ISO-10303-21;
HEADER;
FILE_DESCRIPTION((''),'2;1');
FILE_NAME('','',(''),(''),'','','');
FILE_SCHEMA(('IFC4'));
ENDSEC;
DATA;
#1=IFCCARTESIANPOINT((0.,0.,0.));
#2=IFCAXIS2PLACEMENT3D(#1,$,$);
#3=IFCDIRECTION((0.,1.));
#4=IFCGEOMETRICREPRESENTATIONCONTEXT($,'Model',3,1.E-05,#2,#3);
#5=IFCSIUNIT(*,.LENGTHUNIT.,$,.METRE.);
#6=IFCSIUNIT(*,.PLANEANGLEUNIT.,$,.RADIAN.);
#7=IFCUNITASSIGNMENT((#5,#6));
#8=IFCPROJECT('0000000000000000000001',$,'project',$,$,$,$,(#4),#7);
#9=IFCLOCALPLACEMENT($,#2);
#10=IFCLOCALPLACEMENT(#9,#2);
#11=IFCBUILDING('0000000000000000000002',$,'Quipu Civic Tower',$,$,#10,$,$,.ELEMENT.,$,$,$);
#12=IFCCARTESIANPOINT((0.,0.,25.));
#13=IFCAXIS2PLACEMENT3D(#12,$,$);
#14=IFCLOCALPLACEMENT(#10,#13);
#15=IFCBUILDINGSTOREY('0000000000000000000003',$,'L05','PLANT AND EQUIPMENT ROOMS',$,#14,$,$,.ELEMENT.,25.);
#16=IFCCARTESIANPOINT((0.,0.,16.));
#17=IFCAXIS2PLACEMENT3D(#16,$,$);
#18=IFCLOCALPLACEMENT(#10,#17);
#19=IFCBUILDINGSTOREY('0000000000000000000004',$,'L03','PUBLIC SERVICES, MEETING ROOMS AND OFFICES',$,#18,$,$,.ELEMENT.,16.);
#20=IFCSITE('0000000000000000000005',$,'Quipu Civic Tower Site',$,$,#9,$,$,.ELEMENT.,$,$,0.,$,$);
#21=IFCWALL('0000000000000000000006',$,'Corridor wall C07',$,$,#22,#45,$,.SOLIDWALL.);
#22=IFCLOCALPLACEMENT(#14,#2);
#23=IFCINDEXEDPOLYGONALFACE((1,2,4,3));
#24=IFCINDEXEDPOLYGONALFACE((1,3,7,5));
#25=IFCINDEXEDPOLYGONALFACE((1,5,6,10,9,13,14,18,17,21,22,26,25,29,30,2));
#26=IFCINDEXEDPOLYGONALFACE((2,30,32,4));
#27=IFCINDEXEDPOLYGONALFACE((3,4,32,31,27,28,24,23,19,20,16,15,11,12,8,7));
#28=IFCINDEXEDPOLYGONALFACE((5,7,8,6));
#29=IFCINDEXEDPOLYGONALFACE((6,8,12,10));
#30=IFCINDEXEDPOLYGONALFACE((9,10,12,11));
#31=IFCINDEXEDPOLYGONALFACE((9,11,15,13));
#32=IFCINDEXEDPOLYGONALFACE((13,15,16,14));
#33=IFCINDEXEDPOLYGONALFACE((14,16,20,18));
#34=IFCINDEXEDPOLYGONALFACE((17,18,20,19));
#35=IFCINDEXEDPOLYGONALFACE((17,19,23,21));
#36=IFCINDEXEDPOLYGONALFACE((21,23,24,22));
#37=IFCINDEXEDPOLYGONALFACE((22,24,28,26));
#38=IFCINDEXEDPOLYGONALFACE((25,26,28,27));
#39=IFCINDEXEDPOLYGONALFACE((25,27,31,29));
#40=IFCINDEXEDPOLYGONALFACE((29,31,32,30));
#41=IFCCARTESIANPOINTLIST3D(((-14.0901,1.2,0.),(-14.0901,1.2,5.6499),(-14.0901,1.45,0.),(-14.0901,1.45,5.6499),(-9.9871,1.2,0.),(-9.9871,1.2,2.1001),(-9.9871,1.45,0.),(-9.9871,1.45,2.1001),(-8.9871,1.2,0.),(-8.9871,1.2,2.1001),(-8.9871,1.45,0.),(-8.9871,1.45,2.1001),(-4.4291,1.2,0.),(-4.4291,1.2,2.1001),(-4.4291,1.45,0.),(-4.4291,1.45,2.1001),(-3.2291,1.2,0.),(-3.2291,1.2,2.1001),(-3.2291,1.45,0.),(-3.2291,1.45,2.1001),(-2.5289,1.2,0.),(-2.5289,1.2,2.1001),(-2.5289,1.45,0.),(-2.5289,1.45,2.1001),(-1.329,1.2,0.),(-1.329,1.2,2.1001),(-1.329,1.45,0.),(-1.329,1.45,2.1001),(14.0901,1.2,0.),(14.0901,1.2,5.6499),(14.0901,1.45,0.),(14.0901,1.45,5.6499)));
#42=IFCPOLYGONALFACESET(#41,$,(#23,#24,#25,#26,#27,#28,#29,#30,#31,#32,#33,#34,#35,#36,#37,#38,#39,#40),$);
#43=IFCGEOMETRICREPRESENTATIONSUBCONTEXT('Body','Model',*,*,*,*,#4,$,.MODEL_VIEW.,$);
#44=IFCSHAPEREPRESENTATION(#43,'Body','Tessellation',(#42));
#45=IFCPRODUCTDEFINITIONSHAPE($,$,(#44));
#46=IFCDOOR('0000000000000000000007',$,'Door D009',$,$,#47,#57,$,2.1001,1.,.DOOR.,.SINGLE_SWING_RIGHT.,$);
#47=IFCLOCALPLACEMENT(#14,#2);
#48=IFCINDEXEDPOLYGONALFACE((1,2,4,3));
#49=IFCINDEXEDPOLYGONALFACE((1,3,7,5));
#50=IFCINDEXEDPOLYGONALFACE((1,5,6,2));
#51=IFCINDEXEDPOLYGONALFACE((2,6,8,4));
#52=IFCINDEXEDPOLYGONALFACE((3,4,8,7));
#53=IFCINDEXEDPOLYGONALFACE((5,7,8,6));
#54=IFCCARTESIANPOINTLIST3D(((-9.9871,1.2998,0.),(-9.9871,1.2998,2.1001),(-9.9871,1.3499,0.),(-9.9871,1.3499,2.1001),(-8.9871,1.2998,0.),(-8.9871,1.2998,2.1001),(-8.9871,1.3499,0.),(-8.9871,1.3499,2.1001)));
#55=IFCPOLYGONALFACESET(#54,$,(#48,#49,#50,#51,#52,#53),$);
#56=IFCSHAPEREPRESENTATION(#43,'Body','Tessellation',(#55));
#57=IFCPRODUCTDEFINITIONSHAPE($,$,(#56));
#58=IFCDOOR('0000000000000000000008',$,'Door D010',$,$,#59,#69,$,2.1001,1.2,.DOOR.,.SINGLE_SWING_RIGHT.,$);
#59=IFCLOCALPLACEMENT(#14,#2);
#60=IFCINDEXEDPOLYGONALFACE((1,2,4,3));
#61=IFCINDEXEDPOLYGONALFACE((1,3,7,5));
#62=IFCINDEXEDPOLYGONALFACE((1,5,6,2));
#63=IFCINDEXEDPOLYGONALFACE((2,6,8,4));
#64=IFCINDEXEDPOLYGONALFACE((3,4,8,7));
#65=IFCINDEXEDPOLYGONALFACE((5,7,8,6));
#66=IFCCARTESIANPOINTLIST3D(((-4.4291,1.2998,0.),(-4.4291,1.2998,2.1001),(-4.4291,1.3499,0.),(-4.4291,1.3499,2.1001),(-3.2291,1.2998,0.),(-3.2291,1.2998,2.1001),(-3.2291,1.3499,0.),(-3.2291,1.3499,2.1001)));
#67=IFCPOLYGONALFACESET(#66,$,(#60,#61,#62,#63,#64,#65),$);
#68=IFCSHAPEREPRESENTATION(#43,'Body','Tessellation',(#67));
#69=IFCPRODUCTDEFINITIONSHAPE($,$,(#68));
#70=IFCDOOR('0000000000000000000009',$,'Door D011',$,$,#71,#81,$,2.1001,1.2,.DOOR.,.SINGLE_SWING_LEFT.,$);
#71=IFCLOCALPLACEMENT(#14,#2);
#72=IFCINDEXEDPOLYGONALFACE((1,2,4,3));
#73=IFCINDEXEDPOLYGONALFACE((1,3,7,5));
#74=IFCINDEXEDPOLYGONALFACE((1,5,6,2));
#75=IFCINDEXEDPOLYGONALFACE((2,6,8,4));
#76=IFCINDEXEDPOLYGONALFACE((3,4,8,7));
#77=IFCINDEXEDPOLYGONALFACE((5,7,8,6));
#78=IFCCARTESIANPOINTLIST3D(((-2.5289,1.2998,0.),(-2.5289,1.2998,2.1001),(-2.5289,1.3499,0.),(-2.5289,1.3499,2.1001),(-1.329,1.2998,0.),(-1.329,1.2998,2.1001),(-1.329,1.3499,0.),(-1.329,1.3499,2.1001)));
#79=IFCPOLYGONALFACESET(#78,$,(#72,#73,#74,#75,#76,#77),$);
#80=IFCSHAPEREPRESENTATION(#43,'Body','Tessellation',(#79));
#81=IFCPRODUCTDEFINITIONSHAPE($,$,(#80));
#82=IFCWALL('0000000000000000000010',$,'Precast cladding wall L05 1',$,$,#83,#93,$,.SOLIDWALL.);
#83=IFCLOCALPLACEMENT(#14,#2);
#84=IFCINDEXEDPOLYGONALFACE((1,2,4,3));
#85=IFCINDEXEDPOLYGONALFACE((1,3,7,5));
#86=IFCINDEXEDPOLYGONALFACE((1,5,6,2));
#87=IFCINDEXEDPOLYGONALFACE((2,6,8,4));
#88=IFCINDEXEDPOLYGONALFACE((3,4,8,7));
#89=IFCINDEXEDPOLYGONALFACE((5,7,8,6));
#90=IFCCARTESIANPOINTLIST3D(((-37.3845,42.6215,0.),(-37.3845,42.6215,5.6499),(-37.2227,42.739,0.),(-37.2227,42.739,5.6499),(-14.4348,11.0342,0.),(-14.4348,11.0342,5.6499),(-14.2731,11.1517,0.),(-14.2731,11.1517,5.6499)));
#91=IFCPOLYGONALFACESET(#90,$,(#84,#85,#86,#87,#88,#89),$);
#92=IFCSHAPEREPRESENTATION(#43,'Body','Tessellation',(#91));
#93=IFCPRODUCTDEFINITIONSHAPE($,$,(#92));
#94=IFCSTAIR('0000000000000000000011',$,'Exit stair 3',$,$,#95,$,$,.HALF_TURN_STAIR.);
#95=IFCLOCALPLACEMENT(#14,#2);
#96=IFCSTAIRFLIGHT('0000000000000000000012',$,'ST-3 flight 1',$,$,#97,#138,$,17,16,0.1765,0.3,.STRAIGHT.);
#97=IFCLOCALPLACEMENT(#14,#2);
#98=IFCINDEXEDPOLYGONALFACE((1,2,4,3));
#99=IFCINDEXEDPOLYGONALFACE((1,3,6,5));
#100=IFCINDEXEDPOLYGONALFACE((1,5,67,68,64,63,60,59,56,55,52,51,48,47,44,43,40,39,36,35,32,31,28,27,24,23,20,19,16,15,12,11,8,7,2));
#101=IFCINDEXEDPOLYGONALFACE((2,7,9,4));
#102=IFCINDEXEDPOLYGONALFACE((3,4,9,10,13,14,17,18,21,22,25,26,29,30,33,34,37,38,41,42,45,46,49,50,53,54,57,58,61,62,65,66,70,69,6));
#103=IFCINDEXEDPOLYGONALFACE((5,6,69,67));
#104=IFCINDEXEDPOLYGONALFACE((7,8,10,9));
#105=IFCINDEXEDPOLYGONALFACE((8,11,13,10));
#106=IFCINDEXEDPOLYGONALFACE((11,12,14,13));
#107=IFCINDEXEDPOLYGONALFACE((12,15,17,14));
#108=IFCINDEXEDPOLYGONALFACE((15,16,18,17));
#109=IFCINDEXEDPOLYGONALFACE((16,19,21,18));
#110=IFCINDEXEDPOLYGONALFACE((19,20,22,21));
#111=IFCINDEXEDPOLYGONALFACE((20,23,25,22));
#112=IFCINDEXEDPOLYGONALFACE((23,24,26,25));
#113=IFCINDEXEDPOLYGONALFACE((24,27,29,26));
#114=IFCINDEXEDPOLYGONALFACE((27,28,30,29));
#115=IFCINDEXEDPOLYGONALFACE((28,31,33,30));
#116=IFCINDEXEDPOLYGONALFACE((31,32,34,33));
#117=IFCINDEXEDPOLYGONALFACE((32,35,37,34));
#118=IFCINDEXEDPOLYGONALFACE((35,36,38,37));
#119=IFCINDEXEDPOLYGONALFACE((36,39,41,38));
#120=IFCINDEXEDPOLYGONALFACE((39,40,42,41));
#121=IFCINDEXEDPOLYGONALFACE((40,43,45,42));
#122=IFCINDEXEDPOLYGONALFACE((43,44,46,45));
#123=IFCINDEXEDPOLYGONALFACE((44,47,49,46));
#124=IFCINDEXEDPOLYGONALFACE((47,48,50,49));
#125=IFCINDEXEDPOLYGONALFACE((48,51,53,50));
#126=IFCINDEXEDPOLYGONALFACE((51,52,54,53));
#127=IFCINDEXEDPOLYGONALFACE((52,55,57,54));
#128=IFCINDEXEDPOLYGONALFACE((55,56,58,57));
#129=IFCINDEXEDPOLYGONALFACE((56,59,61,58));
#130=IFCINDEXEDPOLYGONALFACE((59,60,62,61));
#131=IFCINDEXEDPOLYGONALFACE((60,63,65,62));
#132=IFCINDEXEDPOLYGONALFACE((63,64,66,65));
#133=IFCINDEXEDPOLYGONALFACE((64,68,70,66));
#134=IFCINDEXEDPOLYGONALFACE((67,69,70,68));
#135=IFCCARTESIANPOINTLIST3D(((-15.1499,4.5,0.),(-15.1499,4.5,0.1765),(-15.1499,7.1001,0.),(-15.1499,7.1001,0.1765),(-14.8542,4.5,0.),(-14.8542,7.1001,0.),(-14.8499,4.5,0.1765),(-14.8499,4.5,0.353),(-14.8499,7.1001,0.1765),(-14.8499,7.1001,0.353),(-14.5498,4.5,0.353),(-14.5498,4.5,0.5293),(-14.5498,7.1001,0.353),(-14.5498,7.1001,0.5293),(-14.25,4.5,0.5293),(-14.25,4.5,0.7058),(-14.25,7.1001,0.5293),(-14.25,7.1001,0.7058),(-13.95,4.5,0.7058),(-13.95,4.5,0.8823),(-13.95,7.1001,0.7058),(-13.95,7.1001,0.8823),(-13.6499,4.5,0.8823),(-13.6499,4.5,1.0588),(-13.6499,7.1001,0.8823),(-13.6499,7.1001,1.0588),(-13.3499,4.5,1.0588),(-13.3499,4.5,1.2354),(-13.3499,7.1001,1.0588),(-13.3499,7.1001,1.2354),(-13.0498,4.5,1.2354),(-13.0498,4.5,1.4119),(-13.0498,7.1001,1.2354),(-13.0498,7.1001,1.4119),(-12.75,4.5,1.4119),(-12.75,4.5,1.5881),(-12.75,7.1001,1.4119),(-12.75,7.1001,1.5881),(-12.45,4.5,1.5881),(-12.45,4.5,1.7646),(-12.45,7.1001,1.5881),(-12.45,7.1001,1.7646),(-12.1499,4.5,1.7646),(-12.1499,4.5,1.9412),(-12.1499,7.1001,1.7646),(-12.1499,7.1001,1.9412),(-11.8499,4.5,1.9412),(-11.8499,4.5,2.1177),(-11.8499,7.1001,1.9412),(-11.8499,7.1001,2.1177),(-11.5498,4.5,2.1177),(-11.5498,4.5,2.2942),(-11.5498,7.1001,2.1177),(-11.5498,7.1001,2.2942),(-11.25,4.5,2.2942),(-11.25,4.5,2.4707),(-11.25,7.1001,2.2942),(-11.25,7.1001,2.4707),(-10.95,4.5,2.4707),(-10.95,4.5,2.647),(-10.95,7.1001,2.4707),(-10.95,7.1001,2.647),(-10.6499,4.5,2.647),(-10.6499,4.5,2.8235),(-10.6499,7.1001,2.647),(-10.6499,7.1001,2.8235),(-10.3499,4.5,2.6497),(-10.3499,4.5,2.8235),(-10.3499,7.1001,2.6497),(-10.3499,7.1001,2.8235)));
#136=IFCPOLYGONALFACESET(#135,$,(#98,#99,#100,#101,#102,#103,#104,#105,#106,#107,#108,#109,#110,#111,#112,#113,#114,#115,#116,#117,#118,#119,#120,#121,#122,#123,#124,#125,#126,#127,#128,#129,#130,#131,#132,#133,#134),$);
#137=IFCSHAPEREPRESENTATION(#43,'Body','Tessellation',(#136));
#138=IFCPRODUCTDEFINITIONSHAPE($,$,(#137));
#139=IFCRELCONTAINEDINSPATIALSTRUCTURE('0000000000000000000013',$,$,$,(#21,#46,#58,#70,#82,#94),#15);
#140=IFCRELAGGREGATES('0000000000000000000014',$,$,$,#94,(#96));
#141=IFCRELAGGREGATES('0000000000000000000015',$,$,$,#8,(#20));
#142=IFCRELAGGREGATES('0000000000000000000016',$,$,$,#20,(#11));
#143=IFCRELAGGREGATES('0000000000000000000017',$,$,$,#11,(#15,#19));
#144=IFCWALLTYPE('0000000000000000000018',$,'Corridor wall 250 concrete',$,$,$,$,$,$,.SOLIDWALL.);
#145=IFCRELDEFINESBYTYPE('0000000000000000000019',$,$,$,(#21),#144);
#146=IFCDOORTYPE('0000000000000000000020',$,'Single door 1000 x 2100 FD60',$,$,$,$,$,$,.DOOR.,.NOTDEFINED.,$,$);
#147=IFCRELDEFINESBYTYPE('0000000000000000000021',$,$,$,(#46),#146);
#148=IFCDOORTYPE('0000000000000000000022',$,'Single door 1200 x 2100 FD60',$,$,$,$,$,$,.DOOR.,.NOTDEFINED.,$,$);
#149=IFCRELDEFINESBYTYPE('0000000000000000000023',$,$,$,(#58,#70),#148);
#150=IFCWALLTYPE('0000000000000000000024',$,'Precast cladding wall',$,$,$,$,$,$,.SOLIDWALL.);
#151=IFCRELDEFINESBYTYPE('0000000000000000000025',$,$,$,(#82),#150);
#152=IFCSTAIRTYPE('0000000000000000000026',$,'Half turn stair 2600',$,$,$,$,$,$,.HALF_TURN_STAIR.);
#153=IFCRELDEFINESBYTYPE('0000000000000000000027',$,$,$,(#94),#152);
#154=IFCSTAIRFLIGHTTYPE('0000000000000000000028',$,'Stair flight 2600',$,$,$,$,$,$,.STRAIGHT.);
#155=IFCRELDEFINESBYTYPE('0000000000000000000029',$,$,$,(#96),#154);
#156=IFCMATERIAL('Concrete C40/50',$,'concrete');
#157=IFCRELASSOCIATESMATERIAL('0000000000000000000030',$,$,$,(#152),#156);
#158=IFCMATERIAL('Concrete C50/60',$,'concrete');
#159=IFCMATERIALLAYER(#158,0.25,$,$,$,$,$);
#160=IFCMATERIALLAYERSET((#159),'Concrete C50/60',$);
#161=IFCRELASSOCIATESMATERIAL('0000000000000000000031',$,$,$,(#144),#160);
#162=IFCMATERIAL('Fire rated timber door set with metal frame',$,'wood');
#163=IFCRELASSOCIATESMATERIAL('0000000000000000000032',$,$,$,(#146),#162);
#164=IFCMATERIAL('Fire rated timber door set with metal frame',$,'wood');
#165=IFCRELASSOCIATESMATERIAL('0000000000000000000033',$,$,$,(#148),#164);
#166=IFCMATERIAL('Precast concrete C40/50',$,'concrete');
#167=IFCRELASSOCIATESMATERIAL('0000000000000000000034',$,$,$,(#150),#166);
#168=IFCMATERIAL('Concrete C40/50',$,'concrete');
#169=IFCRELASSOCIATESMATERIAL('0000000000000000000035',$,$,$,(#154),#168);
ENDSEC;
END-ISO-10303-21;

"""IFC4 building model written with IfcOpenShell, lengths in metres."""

from ifc_helpers import new_model, si_unit, direction, frame, frame_2d, origin, place, context, subcontext, project, spatial, polyline, rectangle, outline, extrude, material, layer, layer_set, type_object, element, fill, aggregate, save


model = new_model("IFC4")

# Units and contexts
model_context = context("Model", 3, precision=1e-05, world=origin(), true_north=direction((0.0, 1.0)))
body_context = subcontext(model_context, "Body", "Model", "MODEL_VIEW")
ifc_project = project(units=[si_unit("LENGTHUNIT", "METRE"), si_unit("PLANEANGLEUNIT", "RADIAN")], contexts=[model_context])

# Site, building, storey
site_placement = place(None, origin())
site = spatial("IfcSite", under=ifc_project, at=site_placement, Name="Quipu Civic Tower Site", CompositionType="ELEMENT", RefElevation=0.0)
building_placement = place(site_placement, origin())
building = spatial("IfcBuilding", under=site, at=building_placement, Name="Quipu Civic Tower", CompositionType="ELEMENT")
storey_1_placement = place(building_placement, frame((0.0, 0.0, 25.0)))
storey_1 = spatial("IfcBuildingStorey", under=building, at=storey_1_placement, Name="L05", Description="PLANT AND EQUIPMENT ROOMS", CompositionType="ELEMENT", Elevation=25.0)

# Shared definitions
storey_2_placement = place(building_placement, frame((0.0, 0.0, 16.0)))
storey_2 = spatial("IfcBuildingStorey", under=building, at=storey_2_placement, Name="L03", Description="PUBLIC SERVICES, MEETING ROOMS AND OFFICES", CompositionType="ELEMENT", Elevation=16.0)

# Shared definitions
ifc_material_1 = material(Name="Concrete C40/50", Category="concrete")
stair_type = type_object("IfcStairType", Name="Half turn stair 2600", PredefinedType="HALF_TURN_STAIR", material=ifc_material_1)

# Wall, openings, doors
ifc_material_2 = material(Name="Concrete C50/60", Category="concrete")
ifc_layer_1 = layer(ifc_material_2, 0.25)
ifc_layer_set_1 = layer_set([ifc_layer_1], Name="Concrete C50/60")
wall_type_1 = type_object("IfcWallType", Name="Corridor wall 250 concrete", PredefinedType="SOLIDWALL", material=ifc_layer_set_1)
wall_1_placement = place(storey_1_placement, frame((-14.0901, 1.325, 0.0), z_axis=(0.0, 0.0, 1.0), x_axis=(1.0, 0.0, 0.0)))
wall_1 = element("IfcWall", 1, at=wall_1_placement, inside=storey_1, type_object=wall_type_1, Name="Corridor wall C07", PredefinedType="SOLIDWALL", context=body_context, shape_type="SweptSolid", body=[
    extrude(rectangle(XDim=28.1802, YDim=0.25, at=frame_2d((14.0901, 0.0))), origin(), (0.0, 0.0, 1.0), 5.6499),
])
opening_1_placement = place(wall_1_placement, frame((9.6609, 0.0, 0.0)))
opening_1 = element("IfcOpeningElement", 2, at=opening_1_placement, cuts=wall_1, PredefinedType="OPENING", context=body_context, shape_type="SweptSolid", body=[
    extrude(rectangle(XDim=1.2, YDim=2.1001, at=frame_2d((0.6001, 1.05))), frame((0.0, 0.135, 0.0), z_axis=(0.0, -1.0, 0.0), x_axis=(1.0, 0.0, 0.0)), (0.0, 0.0, 1.0), 0.27),
])
opening_2_placement = place(wall_1_placement, frame((11.561, 0.0, 0.0)))
opening_2 = element("IfcOpeningElement", 3, at=opening_2_placement, cuts=wall_1, PredefinedType="OPENING", context=body_context, shape_type="SweptSolid", body=[
    extrude(rectangle(XDim=1.2, YDim=2.1001, at=frame_2d((0.6001, 1.05))), frame((0.0, 0.135, 0.0), z_axis=(0.0, -1.0, 0.0), x_axis=(1.0, 0.0, 0.0)), (0.0, 0.0, 1.0), 0.27),
])
opening_3_placement = place(wall_1_placement, frame((4.103, 0.0, 0.0)))
opening_3 = element("IfcOpeningElement", 4, at=opening_3_placement, cuts=wall_1, PredefinedType="OPENING", context=body_context, shape_type="SweptSolid", body=[
    extrude(rectangle(XDim=1.0, YDim=2.1001, at=frame_2d((0.5, 1.05))), frame((0.0, 0.135, 0.0), z_axis=(0.0, -1.0, 0.0), x_axis=(1.0, 0.0, 0.0)), (0.0, 0.0, 1.0), 0.27),
])
ifc_material_3 = material(Name="Fire rated timber door set with metal frame", Category="wood")
door_type_1 = type_object("IfcDoorType", Name="Single door 1000 x 2100 FD60", OperationType="NOTDEFINED", PredefinedType="DOOR", material=ifc_material_3)
door_1_placement = place(opening_3_placement, origin())
door_1 = element("IfcDoor", 5, at=door_1_placement, inside=storey_1, type_object=door_type_1, Name="Door D009", OperationType="SINGLE_SWING_RIGHT", OverallHeight=2.1001, OverallWidth=1.0, PredefinedType="DOOR", context=body_context, shape_type="SweptSolid", body=[
    extrude(rectangle(XDim=1.0, YDim=2.1001, at=frame_2d((0.5, 1.05))), frame((0.0, 0.0249, 0.0), z_axis=(0.0, -1.0, 0.0), x_axis=(1.0, 0.0, 0.0)), (0.0, 0.0, 1.0), 0.05),
])
fill(opening_3, door_1)
ifc_material_4 = material(Name="Fire rated timber door set with metal frame", Category="wood")
door_type_2 = type_object("IfcDoorType", Name="Single door 1200 x 2100 FD60", OperationType="NOTDEFINED", PredefinedType="DOOR", material=ifc_material_4)
door_2_placement = place(opening_1_placement, origin())
door_2 = element("IfcDoor", 6, at=door_2_placement, inside=storey_1, type_object=door_type_2, Name="Door D010", OperationType="SINGLE_SWING_RIGHT", OverallHeight=2.1001, OverallWidth=1.2, PredefinedType="DOOR", context=body_context, shape_type="SweptSolid", body=[
    extrude(rectangle(XDim=1.2, YDim=2.1001, at=frame_2d((0.6001, 1.05))), frame((0.0, 0.0249, 0.0), z_axis=(0.0, -1.0, 0.0), x_axis=(1.0, 0.0, 0.0)), (0.0, 0.0, 1.0), 0.05),
])
fill(opening_1, door_2)
door_3_placement = place(opening_2_placement, origin())
door_3 = element("IfcDoor", 7, at=door_3_placement, inside=storey_1, type_object=door_type_2, Name="Door D011", OperationType="SINGLE_SWING_LEFT", OverallHeight=2.1001, OverallWidth=1.2, PredefinedType="DOOR", context=body_context, shape_type="SweptSolid", body=[
    extrude(rectangle(XDim=1.2, YDim=2.1001, at=frame_2d((0.6001, 1.05))), frame((0.0, 0.0249, 0.0), z_axis=(0.0, -1.0, 0.0), x_axis=(1.0, 0.0, 0.0)), (0.0, 0.0, 1.0), 0.05),
])
fill(opening_2, door_3)

# Wall
ifc_material_5 = material(Name="Precast concrete C40/50", Category="concrete")
wall_type_2 = type_object("IfcWallType", Name="Precast cladding wall", PredefinedType="SOLIDWALL", material=ifc_material_5)
wall_2_placement = place(storey_1_placement, frame((-14.354, 11.093, 0.0), z_axis=(0.0, 0.0, 1.0), x_axis=(-0.587787, 0.809016, 0.0)))
element("IfcWall", 8, at=wall_2_placement, inside=storey_1, type_object=wall_type_2, Name="Precast cladding wall L05 1", PredefinedType="SOLIDWALL", context=body_context, shape_type="SweptSolid", body=[
    extrude(rectangle(XDim=39.0442, YDim=0.2, at=frame_2d((19.522, 0.0))), origin(), (0.0, 0.0, 1.0), 5.6499),
])

# Stair, stair flight
stair_1_placement = place(storey_1_placement, origin())
stair_1 = element("IfcStair", 9, at=stair_1_placement, inside=storey_1, type_object=stair_type, Name="Exit stair 3", PredefinedType="HALF_TURN_STAIR")
ifc_material_6 = material(Name="Concrete C40/50", Category="concrete")
stair_flight_type = type_object("IfcStairFlightType", Name="Stair flight 2600", PredefinedType="STRAIGHT", material=ifc_material_6)
stair_flight_1_placement = place(storey_1_placement, frame((-15.1499, 5.8, 0.0), z_axis=(0.0, 0.0, 1.0), x_axis=(1.0, 0.0, 0.0)))
stair_flight_1 = element("IfcStairFlight", 10, at=stair_flight_1_placement, type_object=stair_flight_type, Name="ST-3 flight 1", NumberOfRisers=17, NumberOfTreads=16, PredefinedType="STRAIGHT", RiserHeight=0.1765, TreadLength=0.3, context=body_context, shape_type="SweptSolid", body=[
    extrude(outline(polyline([(0.0, 0.0), (0.0, 0.1765), (0.3, 0.1765), (0.3, 0.353), (0.6001, 0.353), (0.6001, 0.5293), (0.8999, 0.5293), (0.8999, 0.7058), (1.2, 0.7058), (1.2, 0.8823), (1.5, 0.8823), (1.5, 1.0588), (1.8, 1.0588), (1.8, 1.2354), (2.1001, 1.2354), (2.1001, 1.4119), (2.3999, 1.4119), (2.3999, 1.5881), (2.7, 1.5881), (2.7, 1.7646), (3.0, 1.7646), (3.0, 1.9412), (3.3, 1.9412), (3.3, 2.1177), (3.6001, 2.1177), (3.6001, 2.2942), (3.8999, 2.2942), (3.8999, 2.4707), (4.2, 2.4707), (4.2, 2.647), (4.5, 2.647), (4.5, 2.8235), (4.8, 2.8235), (4.8, 3.0), (4.8, 2.6497), (0.2957, 0.0), (0.0, 0.0)])), frame((0.0, 1.3, 0.0), z_axis=(0.0, -1.0, 0.0), x_axis=(1.0, 0.0, 0.0)), (0.0, 0.0, 1.0), 2.6001),
])
aggregate(stair_1, [stair_flight_1])

save(model, "model.ifc")
